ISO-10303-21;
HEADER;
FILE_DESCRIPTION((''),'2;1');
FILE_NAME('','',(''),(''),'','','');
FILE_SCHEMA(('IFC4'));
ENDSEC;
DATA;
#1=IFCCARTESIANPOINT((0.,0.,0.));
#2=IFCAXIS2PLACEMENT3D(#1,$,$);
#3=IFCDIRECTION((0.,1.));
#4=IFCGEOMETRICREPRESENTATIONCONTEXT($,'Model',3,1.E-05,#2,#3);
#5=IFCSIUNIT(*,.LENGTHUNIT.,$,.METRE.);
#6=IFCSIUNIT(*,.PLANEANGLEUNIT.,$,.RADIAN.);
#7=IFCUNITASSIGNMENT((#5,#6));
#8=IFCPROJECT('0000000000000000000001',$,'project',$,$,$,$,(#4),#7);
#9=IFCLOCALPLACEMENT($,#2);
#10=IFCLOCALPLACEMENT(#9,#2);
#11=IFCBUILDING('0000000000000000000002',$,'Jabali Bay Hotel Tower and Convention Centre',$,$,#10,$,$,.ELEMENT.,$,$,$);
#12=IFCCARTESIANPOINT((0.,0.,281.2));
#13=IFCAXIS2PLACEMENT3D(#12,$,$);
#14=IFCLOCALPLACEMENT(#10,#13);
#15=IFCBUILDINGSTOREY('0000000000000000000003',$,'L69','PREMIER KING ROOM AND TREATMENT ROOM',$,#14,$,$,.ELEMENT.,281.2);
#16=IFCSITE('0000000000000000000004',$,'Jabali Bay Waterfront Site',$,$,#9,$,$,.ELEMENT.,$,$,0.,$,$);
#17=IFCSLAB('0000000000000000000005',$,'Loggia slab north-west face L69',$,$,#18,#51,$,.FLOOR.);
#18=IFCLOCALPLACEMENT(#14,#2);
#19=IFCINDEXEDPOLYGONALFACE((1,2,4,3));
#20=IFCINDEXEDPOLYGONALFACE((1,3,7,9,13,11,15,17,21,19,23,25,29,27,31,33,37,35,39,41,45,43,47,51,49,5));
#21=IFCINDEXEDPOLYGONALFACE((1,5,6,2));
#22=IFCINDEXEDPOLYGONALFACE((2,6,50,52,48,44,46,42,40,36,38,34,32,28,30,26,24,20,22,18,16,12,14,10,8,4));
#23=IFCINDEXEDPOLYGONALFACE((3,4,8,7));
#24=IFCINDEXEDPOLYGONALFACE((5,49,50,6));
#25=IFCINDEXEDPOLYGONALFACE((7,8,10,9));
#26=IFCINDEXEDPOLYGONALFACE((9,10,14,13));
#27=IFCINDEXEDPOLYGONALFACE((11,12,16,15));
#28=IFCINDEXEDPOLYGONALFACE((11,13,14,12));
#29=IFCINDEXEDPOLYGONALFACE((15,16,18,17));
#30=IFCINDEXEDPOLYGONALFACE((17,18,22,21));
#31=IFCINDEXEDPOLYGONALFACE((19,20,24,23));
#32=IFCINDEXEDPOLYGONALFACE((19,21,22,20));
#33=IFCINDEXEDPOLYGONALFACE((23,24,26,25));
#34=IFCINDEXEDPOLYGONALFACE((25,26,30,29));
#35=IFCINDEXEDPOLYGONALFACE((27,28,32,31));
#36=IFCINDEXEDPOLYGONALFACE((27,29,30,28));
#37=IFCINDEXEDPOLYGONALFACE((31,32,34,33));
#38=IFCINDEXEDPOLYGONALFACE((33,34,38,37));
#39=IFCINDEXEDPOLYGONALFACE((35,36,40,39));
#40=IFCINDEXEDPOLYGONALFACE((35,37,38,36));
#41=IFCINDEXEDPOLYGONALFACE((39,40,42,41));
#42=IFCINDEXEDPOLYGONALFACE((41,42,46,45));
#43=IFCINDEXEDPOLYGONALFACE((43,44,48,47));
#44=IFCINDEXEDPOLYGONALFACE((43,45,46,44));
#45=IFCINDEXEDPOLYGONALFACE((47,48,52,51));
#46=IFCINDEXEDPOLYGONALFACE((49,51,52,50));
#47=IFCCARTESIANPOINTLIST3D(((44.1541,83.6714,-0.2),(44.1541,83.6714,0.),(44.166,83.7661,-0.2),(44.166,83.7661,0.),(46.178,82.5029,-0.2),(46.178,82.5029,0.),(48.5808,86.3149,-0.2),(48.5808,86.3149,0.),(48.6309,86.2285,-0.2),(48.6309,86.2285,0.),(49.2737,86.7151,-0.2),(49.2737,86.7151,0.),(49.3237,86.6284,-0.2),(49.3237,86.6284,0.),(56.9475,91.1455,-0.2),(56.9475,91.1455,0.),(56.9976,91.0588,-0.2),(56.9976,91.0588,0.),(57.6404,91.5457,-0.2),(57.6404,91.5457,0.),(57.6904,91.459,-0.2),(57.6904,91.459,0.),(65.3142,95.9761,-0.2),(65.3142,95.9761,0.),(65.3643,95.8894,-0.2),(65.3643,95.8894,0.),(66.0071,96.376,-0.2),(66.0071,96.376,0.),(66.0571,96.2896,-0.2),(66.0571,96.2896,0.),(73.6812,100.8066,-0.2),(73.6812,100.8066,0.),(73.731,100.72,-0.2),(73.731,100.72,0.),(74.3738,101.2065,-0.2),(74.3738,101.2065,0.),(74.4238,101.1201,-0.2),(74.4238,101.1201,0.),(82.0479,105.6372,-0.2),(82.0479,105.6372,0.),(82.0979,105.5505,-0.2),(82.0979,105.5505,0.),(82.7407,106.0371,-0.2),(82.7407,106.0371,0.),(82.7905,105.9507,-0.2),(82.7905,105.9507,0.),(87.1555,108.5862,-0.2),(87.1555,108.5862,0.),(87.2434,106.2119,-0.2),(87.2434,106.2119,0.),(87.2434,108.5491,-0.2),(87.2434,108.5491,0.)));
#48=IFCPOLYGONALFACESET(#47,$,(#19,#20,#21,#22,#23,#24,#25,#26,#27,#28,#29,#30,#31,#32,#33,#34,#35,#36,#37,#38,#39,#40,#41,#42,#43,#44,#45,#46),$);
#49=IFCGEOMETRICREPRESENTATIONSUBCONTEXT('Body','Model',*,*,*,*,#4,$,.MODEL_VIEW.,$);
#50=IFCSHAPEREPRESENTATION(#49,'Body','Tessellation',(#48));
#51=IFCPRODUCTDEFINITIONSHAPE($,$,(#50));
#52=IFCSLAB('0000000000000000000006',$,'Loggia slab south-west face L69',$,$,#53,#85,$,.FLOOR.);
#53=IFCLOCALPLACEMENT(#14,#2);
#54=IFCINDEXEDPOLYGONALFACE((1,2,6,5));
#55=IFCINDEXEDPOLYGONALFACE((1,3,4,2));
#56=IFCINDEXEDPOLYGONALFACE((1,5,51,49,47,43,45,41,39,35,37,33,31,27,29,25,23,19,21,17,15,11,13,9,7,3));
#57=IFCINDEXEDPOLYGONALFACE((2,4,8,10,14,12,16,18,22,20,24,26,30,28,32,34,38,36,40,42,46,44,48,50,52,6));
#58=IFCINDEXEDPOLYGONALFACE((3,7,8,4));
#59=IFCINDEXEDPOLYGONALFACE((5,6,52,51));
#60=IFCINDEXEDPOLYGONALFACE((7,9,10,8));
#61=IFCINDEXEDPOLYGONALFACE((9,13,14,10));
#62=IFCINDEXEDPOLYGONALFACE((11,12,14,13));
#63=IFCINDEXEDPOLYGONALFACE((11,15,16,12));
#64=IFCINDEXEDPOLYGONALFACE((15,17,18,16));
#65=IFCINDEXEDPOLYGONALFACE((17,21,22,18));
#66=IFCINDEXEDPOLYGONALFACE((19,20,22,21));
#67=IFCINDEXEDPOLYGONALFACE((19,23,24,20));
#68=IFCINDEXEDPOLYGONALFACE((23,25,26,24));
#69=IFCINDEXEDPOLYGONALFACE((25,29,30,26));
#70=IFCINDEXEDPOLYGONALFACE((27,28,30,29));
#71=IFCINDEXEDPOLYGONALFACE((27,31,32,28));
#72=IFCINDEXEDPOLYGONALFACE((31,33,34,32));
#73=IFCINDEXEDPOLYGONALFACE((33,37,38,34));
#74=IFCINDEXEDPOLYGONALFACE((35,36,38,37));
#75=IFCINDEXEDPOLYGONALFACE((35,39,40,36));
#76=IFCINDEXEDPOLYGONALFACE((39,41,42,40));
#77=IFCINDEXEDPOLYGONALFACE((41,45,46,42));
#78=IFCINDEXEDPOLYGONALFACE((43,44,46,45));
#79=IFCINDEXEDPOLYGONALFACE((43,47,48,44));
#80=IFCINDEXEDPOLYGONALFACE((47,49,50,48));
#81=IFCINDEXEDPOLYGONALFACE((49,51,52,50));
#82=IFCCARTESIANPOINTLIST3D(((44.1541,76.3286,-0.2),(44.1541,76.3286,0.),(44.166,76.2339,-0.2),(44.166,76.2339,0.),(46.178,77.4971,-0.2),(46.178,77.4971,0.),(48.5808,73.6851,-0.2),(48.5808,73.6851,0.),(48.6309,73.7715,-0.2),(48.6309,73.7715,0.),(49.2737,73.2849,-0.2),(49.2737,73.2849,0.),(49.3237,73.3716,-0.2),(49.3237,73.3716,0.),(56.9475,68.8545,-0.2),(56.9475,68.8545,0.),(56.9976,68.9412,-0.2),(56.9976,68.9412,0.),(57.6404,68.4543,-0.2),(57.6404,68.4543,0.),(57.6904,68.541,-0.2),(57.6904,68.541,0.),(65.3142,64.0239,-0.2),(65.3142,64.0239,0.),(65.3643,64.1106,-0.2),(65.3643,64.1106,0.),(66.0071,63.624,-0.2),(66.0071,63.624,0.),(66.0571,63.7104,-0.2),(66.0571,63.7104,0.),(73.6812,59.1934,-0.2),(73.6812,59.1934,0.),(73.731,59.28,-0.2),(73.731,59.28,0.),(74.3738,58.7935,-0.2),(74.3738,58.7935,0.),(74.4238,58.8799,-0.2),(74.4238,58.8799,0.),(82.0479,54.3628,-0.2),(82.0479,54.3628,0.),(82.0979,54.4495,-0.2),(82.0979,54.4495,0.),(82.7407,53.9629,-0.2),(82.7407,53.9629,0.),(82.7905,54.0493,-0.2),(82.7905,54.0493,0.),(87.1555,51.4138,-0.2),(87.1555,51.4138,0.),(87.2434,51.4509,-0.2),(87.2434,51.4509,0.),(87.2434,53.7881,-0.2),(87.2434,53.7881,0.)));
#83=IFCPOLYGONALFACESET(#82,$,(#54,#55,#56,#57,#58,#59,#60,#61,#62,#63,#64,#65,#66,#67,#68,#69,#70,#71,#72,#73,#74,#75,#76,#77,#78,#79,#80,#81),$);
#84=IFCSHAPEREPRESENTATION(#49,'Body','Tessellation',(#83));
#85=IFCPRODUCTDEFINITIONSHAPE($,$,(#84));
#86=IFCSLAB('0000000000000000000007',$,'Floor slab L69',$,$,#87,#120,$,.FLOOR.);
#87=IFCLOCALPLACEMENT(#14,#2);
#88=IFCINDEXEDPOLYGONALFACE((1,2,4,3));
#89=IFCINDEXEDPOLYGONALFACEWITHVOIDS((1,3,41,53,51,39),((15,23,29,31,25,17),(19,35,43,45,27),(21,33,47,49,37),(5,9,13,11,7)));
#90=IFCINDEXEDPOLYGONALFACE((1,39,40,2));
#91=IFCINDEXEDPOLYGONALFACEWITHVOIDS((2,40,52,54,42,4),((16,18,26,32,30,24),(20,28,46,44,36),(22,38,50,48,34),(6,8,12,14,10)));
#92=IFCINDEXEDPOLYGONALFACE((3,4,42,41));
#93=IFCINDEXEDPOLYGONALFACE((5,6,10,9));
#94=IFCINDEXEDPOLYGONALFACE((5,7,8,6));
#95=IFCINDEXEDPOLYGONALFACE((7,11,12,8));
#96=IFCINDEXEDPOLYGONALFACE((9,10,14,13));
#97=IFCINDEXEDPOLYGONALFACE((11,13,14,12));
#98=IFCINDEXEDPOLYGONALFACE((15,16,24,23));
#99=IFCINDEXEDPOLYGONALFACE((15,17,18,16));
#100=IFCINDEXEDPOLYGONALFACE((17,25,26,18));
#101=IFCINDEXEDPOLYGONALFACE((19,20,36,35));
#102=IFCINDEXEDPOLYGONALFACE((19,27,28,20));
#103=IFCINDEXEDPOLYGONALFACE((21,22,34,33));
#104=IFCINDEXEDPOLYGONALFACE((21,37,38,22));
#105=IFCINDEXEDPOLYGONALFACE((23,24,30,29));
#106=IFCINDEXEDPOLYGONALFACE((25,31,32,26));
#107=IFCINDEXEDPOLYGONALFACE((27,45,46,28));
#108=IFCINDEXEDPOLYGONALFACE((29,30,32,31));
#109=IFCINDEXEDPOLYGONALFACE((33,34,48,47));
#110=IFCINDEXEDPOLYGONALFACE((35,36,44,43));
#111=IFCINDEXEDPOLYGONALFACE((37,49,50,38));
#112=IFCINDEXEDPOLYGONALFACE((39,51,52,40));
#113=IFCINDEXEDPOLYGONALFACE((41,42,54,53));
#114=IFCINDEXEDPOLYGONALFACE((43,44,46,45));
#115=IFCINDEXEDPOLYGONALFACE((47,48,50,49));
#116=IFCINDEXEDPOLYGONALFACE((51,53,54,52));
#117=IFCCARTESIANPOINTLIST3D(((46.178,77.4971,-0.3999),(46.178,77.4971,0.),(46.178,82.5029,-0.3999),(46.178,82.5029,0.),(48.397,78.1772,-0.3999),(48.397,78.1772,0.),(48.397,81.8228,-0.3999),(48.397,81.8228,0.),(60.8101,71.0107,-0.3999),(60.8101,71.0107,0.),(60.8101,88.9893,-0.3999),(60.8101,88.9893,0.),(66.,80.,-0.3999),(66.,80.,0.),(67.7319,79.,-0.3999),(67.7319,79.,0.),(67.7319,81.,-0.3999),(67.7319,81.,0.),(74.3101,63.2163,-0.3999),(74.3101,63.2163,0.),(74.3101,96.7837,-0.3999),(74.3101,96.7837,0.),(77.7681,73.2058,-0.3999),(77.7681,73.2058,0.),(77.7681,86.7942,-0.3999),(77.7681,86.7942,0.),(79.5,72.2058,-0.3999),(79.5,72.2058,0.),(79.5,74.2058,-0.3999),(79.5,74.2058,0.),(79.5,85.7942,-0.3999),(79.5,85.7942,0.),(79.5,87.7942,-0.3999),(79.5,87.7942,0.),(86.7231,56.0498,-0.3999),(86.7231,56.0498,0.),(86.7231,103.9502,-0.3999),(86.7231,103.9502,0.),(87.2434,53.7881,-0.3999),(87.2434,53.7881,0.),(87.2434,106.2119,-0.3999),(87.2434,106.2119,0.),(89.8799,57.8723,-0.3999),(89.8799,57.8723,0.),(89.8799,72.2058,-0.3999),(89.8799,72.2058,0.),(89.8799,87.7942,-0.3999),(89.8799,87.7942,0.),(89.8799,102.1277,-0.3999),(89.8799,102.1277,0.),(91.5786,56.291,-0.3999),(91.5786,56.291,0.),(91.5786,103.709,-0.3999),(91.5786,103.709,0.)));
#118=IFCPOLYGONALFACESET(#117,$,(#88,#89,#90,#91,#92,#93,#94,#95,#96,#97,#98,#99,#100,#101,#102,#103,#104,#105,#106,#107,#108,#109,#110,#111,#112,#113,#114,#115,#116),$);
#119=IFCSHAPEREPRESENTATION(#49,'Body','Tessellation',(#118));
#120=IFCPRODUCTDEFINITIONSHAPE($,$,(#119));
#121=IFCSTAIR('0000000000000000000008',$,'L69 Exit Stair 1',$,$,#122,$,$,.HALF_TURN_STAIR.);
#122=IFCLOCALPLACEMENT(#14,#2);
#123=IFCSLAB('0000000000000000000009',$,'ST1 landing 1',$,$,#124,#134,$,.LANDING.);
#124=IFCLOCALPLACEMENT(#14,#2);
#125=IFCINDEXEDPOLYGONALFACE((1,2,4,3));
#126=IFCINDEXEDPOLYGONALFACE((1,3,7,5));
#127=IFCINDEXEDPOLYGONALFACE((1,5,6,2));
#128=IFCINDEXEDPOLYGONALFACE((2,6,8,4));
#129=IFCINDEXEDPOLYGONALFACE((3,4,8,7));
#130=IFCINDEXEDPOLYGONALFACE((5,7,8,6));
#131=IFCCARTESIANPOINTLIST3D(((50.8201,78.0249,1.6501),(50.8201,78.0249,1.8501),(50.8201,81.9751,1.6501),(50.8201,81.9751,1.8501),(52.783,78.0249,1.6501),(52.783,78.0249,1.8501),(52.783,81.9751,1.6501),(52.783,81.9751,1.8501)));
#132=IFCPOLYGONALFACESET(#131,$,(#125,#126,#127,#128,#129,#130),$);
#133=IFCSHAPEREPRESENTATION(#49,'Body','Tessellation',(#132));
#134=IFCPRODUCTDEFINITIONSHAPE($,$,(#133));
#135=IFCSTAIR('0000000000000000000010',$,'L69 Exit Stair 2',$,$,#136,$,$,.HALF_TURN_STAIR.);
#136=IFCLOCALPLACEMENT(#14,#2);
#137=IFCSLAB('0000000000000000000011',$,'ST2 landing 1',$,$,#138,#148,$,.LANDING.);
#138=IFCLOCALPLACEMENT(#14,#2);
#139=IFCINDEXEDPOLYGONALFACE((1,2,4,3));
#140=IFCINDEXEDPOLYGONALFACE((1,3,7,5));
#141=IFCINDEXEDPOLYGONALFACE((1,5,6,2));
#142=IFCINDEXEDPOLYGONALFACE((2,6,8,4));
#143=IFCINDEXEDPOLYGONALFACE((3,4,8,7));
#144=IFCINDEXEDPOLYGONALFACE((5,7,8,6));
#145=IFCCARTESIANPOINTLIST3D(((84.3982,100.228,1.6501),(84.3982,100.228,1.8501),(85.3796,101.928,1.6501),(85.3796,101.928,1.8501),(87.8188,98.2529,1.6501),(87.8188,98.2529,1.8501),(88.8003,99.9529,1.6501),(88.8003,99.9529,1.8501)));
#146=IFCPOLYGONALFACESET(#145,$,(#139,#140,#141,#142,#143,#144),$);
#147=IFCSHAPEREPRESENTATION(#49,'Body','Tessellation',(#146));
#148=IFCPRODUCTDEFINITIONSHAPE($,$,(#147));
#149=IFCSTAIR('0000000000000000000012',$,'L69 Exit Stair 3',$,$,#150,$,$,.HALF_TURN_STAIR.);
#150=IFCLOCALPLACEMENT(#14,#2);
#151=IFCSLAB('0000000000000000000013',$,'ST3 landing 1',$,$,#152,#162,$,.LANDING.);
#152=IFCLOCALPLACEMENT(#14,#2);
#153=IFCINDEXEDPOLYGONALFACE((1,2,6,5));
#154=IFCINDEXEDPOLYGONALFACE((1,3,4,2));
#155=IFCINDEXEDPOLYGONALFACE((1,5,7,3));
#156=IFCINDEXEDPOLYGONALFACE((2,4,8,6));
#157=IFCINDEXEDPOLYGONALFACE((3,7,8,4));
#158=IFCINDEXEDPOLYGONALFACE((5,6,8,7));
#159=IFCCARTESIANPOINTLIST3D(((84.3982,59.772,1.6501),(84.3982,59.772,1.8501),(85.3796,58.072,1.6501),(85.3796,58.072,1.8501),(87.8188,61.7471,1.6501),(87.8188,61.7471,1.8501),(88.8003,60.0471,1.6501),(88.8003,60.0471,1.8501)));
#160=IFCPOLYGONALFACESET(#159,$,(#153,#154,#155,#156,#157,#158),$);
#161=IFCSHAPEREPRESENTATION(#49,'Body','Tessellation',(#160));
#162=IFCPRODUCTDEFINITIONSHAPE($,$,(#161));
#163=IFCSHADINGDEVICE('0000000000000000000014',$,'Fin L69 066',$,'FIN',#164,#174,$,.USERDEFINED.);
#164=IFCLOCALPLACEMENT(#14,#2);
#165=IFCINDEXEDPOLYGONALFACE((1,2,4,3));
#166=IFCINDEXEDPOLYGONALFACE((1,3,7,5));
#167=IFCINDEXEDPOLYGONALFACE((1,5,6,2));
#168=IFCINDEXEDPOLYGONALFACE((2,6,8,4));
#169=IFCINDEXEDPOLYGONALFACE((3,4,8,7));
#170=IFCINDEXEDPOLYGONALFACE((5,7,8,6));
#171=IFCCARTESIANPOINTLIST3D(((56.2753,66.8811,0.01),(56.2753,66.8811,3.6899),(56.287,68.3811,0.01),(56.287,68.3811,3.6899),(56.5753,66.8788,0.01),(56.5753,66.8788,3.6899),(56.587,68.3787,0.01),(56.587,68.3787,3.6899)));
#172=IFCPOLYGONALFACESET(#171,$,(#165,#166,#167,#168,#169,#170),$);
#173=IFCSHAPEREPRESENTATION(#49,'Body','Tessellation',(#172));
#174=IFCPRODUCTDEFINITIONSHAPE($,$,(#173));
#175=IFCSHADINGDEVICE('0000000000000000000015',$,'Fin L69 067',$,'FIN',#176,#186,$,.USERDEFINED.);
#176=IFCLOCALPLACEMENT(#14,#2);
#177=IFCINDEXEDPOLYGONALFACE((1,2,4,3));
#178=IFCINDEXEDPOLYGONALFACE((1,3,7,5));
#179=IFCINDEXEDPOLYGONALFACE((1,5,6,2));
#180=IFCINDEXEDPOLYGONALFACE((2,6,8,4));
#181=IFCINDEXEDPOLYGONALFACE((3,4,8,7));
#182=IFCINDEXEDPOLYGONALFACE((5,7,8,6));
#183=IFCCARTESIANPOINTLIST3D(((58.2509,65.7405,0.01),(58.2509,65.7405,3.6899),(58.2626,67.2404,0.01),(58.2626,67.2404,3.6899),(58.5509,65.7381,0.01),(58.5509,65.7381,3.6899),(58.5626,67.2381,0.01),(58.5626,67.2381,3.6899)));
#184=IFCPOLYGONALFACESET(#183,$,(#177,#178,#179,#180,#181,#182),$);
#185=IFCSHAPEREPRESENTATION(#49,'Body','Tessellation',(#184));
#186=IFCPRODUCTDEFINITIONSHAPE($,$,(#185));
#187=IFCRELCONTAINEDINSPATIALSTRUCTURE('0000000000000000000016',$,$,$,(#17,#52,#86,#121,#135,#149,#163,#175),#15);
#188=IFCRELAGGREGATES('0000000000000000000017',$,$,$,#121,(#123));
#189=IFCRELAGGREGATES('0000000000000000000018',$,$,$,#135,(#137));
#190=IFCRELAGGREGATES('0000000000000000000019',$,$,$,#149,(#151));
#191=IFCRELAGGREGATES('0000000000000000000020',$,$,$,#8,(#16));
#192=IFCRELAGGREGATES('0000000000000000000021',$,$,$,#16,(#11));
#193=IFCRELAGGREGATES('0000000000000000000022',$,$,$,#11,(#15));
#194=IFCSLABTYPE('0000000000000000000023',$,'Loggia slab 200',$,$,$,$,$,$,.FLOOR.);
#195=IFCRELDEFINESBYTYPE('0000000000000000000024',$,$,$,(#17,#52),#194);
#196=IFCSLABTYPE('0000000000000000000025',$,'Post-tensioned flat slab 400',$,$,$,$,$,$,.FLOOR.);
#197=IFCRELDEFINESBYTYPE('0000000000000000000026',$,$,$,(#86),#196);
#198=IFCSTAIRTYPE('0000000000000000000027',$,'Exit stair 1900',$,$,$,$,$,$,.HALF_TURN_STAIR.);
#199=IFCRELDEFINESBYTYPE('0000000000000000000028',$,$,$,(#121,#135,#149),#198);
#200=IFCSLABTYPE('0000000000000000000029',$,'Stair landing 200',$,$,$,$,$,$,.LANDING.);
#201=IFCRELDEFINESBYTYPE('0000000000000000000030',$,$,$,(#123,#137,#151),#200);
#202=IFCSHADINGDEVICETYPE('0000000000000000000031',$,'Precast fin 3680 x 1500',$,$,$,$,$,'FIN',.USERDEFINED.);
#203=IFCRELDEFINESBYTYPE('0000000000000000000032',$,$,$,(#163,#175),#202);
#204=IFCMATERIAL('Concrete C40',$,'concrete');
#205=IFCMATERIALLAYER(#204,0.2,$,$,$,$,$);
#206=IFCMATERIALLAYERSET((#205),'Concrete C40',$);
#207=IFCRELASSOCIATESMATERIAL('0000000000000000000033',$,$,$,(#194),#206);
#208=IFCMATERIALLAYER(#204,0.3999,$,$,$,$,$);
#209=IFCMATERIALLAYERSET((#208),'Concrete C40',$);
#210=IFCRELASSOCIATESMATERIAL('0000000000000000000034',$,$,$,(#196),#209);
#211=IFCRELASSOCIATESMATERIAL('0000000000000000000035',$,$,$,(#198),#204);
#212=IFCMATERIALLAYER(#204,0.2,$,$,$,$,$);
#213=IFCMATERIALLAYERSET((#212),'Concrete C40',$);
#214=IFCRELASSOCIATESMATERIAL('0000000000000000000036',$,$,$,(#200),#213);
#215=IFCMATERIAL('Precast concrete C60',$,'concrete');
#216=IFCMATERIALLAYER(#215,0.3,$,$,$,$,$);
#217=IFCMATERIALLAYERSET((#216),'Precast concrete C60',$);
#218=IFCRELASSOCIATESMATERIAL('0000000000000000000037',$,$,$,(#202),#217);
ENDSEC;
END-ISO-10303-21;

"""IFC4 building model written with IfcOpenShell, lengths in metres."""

from ifc_helpers import new_model, si_unit, direction, frame, frame_2d, origin, place, context, subcontext, project, spatial, polyline, rectangle, outline, extrude, material, layer, layer_set, type_object, element, aggregate, save


model = new_model("IFC4")

# Units and contexts
model_context = context("Model", 3, precision=1e-05, world=origin(), true_north=direction((0.0, 1.0)))
body_context = subcontext(model_context, "Body", "Model", "MODEL_VIEW")
ifc_project = project(units=[si_unit("LENGTHUNIT", "METRE"), si_unit("PLANEANGLEUNIT", "RADIAN")], contexts=[model_context])

# Site, building, storey
site_placement = place(None, origin())
site = spatial("IfcSite", under=ifc_project, at=site_placement, Name="Jabali Bay Waterfront Site", CompositionType="ELEMENT", RefElevation=0.0)
building_placement = place(site_placement, origin())
building = spatial("IfcBuilding", under=site, at=building_placement, Name="Jabali Bay Hotel Tower and Convention Centre", CompositionType="ELEMENT")
storey_placement = place(building_placement, frame((0.0, 0.0, 281.2)))
storey = spatial("IfcBuildingStorey", under=building, at=storey_placement, Name="L69", Description="PREMIER KING ROOM AND TREATMENT ROOM", CompositionType="ELEMENT", Elevation=281.2)

# Slabs
ifc_material_1 = material(Name="Concrete C40", Category="concrete")
ifc_layer_1 = layer(ifc_material_1, 0.2)
ifc_layer_set_1 = layer_set([ifc_layer_1], Name="Concrete C40")
slab_type_1 = type_object("IfcSlabType", Name="Loggia slab 200", PredefinedType="FLOOR", material=ifc_layer_set_1)
slab_1_placement = place(storey_placement, frame((0.0, 0.0, -0.2)))
element("IfcSlab", 1, at=slab_1_placement, inside=storey, type_object=slab_type_1, Name="Loggia slab north-west face L69", PredefinedType="FLOOR", context=body_context, shape_type="SweptSolid", body=[
    extrude(outline(polyline([(46.178, 82.5029), (44.1541, 83.6714), (44.166, 83.7661), (48.5808, 86.3149), (48.6309, 86.2285), (49.3237, 86.6284), (49.2737, 86.7151), (56.9475, 91.1455), (56.9976, 91.0588), (57.6904, 91.459), (57.6404, 91.5457), (65.3142, 95.9761), (65.3643, 95.8894), (66.0571, 96.2896), (66.0071, 96.376), (73.6812, 100.8066), (73.731, 100.72), (74.4238, 101.1201), (74.3738, 101.2065), (82.0479, 105.6372), (82.0979, 105.5505), (82.7905, 105.9507), (82.7407, 106.0371), (87.1555, 108.5862), (87.2434, 108.5491), (87.2434, 106.2119), (46.178, 82.5029)])), origin(), (0.0, 0.0, 1.0), 0.2),
])
slab_2_placement = place(storey_placement, frame((0.0, 0.0, -0.2)))
element("IfcSlab", 2, at=slab_2_placement, inside=storey, type_object=slab_type_1, Name="Loggia slab south-west face L69", PredefinedType="FLOOR", context=body_context, shape_type="SweptSolid", body=[
    extrude(outline(polyline([(87.2434, 53.7881), (87.2434, 51.4509), (87.1555, 51.4138), (82.7407, 53.9629), (82.7905, 54.0493), (82.0979, 54.4495), (82.0479, 54.3628), (74.3738, 58.7935), (74.4238, 58.8799), (73.731, 59.28), (73.6812, 59.1934), (66.0071, 63.624), (66.0571, 63.7104), (65.3643, 64.1106), (65.3142, 64.0239), (57.6404, 68.4543), (57.6904, 68.541), (56.9976, 68.9412), (56.9475, 68.8545), (49.2737, 73.2849), (49.3237, 73.3716), (48.6309, 73.7715), (48.5808, 73.6851), (44.166, 76.2339), (44.1541, 76.3286), (46.178, 77.4971), (87.2434, 53.7881)])), origin(), (0.0, 0.0, 1.0), 0.2),
])
ifc_layer_2 = layer(ifc_material_1, 0.3999)
ifc_layer_set_2 = layer_set([ifc_layer_2], Name="Concrete C40")
slab_type_2 = type_object("IfcSlabType", Name="Post-tensioned flat slab 400", PredefinedType="FLOOR", material=ifc_layer_set_2)
slab_3_placement = place(storey_placement, frame((0.0, 0.0, -0.3999)))
element("IfcSlab", 3, at=slab_3_placement, inside=storey, type_object=slab_type_2, Name="Floor slab L69", PredefinedType="FLOOR", context=body_context, shape_type="SweptSolid", body=[
    extrude(outline(polyline([(87.2434, 106.2119), (91.5786, 103.709), (91.5786, 56.291), (87.2434, 53.7881), (46.178, 77.4971), (46.178, 82.5029), (87.2434, 106.2119)]), holes=[polyline([(67.7319, 79.0), (77.7681, 73.2058), (79.5, 74.2058), (79.5, 85.7942), (77.7681, 86.7942), (67.7319, 81.0), (67.7319, 79.0)]), polyline([(48.397, 78.1772), (60.8101, 71.0107), (66.0, 80.0), (60.8101, 88.9893), (48.397, 81.8228), (48.397, 78.1772)]), polyline([(89.8799, 102.1277), (86.7231, 103.9502), (74.3101, 96.7837), (79.5, 87.7942), (89.8799, 87.7942), (89.8799, 102.1277)]), polyline([(74.3101, 63.2163), (86.7231, 56.0498), (89.8799, 57.8723), (89.8799, 72.2058), (79.5, 72.2058), (74.3101, 63.2163)])]), origin(), (0.0, 0.0, 1.0), 0.3999),
])

# Stairs, slabs
stair_type = type_object("IfcStairType", Name="Exit stair 1900", PredefinedType="HALF_TURN_STAIR", material=ifc_material_1)
stair_1_placement = place(storey_placement, origin())
stair_1 = element("IfcStair", 4, at=stair_1_placement, inside=storey, type_object=stair_type, Name="L69 Exit Stair 1", PredefinedType="HALF_TURN_STAIR")
ifc_layer_3 = layer(ifc_material_1, 0.2)
ifc_layer_set_3 = layer_set([ifc_layer_3], Name="Concrete C40")
slab_type_3 = type_object("IfcSlabType", Name="Stair landing 200", PredefinedType="LANDING", material=ifc_layer_set_3)
slab_4_placement = place(storey_placement, frame((0.0, 0.0, 1.6501)))
slab_4 = element("IfcSlab", 5, at=slab_4_placement, type_object=slab_type_3, Name="ST1 landing 1", PredefinedType="LANDING", context=body_context, shape_type="SweptSolid", body=[
    extrude(outline(polyline([(52.783, 81.9751), (50.8201, 81.9751), (50.8201, 78.0249), (52.783, 78.0249), (52.783, 81.9751)])), origin(), (0.0, 0.0, 1.0), 0.2),
])
aggregate(stair_1, [slab_4])
stair_2_placement = place(storey_placement, origin())
stair_2 = element("IfcStair", 6, at=stair_2_placement, inside=storey, type_object=stair_type, Name="L69 Exit Stair 2", PredefinedType="HALF_TURN_STAIR")
slab_5_placement = place(storey_placement, frame((0.0, 0.0, 1.6501)))
slab_5 = element("IfcSlab", 7, at=slab_5_placement, type_object=slab_type_3, Name="ST2 landing 1", PredefinedType="LANDING", context=body_context, shape_type="SweptSolid", body=[
    extrude(outline(polyline([(87.8188, 98.2529), (88.8003, 99.9529), (85.3796, 101.928), (84.3982, 100.228), (87.8188, 98.2529)])), origin(), (0.0, 0.0, 1.0), 0.2),
])
aggregate(stair_2, [slab_5])
stair_3_placement = place(storey_placement, origin())
stair_3 = element("IfcStair", 8, at=stair_3_placement, inside=storey, type_object=stair_type, Name="L69 Exit Stair 3", PredefinedType="HALF_TURN_STAIR")
slab_6_placement = place(storey_placement, frame((0.0, 0.0, 1.6501)))
slab_6 = element("IfcSlab", 9, at=slab_6_placement, type_object=slab_type_3, Name="ST3 landing 1", PredefinedType="LANDING", context=body_context, shape_type="SweptSolid", body=[
    extrude(outline(polyline([(84.3982, 59.772), (85.3796, 58.072), (88.8003, 60.0471), (87.8188, 61.7471), (84.3982, 59.772)])), origin(), (0.0, 0.0, 1.0), 0.2),
])
aggregate(stair_3, [slab_6])

# Shading devices
ifc_material_2 = material(Name="Precast concrete C60", Category="concrete")
ifc_layer_4 = layer(ifc_material_2, 0.3)
ifc_layer_set_4 = layer_set([ifc_layer_4], Name="Precast concrete C60")
shading_device_type = type_object("IfcShadingDeviceType", Name="Precast fin 3680 x 1500", ElementType="FIN", PredefinedType="USERDEFINED", material=ifc_layer_set_4)
for number, where, z_axis, x_axis, name in (
    (10, (56.437, 68.3799, 0.01), (0.0, 0.0, 1.0), (-0.007812, -0.999969, 0.0), "Fin L69 066"),
    (11, (58.4126, 67.2393, 0.01), (0.0, 0.0, 1.0), (-0.007812, -0.999969, 0.0), "Fin L69 067"),
):
    element("IfcShadingDevice", number, at=place(storey_placement, frame(where, z_axis=z_axis, x_axis=x_axis)), inside=storey, type_object=shading_device_type, Name=name, ObjectType="FIN", PredefinedType="USERDEFINED", context=body_context, shape_type="SweptSolid", body=[
        extrude(rectangle(XDim=1.5, YDim=0.3, at=frame_2d((0.75, 0.0))), origin(), (0.0, 0.0, 1.0), 3.6799),
    ])

save(model, "model.ifc")
